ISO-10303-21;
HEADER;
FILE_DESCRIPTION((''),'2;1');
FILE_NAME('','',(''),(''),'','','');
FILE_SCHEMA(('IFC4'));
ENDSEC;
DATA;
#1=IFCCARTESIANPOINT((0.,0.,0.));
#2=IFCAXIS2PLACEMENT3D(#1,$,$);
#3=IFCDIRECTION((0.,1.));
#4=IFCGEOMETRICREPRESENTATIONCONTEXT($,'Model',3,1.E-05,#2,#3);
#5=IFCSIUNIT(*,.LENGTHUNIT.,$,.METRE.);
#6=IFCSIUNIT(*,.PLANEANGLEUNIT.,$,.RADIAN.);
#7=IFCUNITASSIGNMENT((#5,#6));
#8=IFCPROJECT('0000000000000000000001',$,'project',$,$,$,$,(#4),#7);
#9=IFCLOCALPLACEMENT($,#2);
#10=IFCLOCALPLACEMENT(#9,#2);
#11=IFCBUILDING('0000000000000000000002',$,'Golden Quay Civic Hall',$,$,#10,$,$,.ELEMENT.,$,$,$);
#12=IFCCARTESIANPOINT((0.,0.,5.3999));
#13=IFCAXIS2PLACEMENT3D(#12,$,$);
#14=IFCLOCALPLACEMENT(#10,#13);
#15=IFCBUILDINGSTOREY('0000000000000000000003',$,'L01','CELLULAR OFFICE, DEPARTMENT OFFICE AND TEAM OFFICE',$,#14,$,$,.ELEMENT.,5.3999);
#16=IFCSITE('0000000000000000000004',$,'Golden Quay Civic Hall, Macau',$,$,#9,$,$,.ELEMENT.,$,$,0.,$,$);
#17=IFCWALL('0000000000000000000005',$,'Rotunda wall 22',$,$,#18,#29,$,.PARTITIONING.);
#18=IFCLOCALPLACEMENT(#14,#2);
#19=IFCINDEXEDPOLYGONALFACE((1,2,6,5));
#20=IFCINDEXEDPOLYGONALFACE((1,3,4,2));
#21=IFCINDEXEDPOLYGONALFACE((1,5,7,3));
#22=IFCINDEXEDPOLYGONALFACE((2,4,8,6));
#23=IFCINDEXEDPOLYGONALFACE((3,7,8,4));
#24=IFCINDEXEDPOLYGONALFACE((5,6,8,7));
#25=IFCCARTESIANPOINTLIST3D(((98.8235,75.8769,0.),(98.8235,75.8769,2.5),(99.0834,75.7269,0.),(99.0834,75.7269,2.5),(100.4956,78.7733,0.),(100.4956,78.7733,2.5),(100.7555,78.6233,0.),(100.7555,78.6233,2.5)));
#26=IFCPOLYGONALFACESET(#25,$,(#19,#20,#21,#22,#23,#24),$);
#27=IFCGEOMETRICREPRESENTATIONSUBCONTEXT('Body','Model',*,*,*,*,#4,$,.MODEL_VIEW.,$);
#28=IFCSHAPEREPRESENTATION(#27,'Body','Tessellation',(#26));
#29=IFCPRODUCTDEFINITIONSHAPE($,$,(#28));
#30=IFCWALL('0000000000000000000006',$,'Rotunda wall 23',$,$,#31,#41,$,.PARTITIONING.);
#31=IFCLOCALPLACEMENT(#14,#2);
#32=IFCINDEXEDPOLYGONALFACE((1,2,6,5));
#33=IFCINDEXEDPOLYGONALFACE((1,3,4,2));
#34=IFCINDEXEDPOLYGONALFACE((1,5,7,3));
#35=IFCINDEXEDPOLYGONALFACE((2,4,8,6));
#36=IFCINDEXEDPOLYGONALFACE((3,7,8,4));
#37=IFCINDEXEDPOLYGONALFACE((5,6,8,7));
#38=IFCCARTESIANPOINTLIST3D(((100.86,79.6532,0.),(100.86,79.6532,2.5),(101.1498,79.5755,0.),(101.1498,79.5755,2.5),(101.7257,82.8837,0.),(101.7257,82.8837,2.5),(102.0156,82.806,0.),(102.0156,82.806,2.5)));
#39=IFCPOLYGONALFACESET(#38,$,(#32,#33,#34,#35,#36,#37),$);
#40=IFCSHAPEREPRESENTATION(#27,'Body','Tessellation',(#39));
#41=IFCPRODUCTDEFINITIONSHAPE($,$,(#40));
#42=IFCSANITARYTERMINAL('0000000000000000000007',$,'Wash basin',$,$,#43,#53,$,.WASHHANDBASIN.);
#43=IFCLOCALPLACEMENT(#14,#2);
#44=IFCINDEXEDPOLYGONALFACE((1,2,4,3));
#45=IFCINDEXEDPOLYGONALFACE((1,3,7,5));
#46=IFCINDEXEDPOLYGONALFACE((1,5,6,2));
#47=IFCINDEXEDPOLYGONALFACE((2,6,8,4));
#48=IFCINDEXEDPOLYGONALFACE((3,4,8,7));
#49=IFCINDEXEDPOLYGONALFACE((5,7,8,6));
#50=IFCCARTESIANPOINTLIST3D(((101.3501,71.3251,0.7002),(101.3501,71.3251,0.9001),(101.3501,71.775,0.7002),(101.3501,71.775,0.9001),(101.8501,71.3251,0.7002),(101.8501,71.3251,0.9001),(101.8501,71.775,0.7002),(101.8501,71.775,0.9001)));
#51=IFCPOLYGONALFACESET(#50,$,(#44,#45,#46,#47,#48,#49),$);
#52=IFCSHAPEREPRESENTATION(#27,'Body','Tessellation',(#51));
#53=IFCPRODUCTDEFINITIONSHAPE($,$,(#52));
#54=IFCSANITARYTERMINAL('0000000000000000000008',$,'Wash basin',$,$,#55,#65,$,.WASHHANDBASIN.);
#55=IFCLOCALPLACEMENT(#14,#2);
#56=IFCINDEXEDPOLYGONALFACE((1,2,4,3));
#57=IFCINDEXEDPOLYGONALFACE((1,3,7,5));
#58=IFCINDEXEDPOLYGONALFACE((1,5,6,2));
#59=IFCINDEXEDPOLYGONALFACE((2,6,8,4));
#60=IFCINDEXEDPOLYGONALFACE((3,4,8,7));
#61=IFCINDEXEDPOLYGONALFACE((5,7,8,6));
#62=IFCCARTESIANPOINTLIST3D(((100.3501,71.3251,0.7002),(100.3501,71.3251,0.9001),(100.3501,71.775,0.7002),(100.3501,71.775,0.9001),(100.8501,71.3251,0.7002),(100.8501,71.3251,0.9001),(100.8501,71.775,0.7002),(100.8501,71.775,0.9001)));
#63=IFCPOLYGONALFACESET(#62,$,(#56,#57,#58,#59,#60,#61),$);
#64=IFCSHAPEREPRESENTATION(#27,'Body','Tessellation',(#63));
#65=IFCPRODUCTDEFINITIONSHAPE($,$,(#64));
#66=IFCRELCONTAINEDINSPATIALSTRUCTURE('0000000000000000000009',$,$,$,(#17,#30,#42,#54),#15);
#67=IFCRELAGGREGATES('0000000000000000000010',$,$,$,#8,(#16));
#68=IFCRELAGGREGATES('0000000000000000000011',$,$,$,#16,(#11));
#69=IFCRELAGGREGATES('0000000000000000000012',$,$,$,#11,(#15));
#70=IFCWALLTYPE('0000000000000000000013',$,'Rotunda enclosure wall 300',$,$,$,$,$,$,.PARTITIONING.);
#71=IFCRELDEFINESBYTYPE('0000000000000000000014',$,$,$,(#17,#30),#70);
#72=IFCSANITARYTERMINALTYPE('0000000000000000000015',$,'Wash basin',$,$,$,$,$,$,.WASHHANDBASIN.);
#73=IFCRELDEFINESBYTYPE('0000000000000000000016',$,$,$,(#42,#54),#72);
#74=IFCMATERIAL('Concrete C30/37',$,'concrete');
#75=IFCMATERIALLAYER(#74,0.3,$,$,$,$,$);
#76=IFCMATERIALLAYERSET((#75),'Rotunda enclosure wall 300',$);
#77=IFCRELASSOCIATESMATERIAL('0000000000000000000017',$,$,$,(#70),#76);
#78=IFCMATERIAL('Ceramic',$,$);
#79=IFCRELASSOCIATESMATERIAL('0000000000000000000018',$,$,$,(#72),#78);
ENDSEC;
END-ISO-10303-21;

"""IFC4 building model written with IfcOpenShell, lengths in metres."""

from ifc_helpers import new_model, si_unit, direction, frame, frame_2d, origin, origin_2d, place, context, subcontext, project, spatial, rectangle, extrude, material, layer, layer_set, type_object, element, save


model = new_model("IFC4")

# Units and contexts
model_context = context("Model", 3, precision=1e-05, world=origin(), true_north=direction((0.0, 1.0)))
body_context = subcontext(model_context, "Body", "Model", "MODEL_VIEW")
ifc_project = project(units=[si_unit("LENGTHUNIT", "METRE"), si_unit("PLANEANGLEUNIT", "RADIAN")], contexts=[model_context])

# Site, building, storey
site_placement = place(None, origin())
site = spatial("IfcSite", under=ifc_project, at=site_placement, Name="Golden Quay Civic Hall, Macau", CompositionType="ELEMENT", RefElevation=0.0)
building_placement = place(site_placement, origin())
building = spatial("IfcBuilding", under=site, at=building_placement, Name="Golden Quay Civic Hall", CompositionType="ELEMENT")
storey_placement = place(building_placement, frame((0.0, 0.0, 5.3999)))
storey = spatial("IfcBuildingStorey", under=building, at=storey_placement, Name="L01", Description="CELLULAR OFFICE, DEPARTMENT OFFICE AND TEAM OFFICE", CompositionType="ELEMENT", Elevation=5.3999)

# Walls
ifc_material_1 = material(Name="Concrete C30/37", Category="concrete")
ifc_layer_1 = layer(ifc_material_1, 0.3)
ifc_layer_set_1 = layer_set([ifc_layer_1], Name="Rotunda enclosure wall 300")
wall_type_1 = type_object("IfcWallType", Name="Rotunda enclosure wall 300", PredefinedType="PARTITIONING", material=ifc_layer_set_1)
for number, where, z_axis, x_axis, name in (
    (1, (98.9534, 75.8018, 0.0), (0.0, 0.0, 1.0), (0.499963, 0.866047, 0.0), "Rotunda wall 22"),
    (2, (101.0049, 79.6143, 0.0), (0.0, 0.0, 1.0), (0.258853, 0.965917, 0.0), "Rotunda wall 23"),
):
    element("IfcWall", number, at=place(storey_placement, frame(where, z_axis=z_axis, x_axis=x_axis)), inside=storey, type_object=wall_type_1, Name=name, PredefinedType="PARTITIONING", context=body_context, shape_type="SweptSolid", body=[
        extrude(rectangle(XDim=3.3445, YDim=0.3, at=frame_2d((1.6724, 0.0))), origin(), (0.0, 0.0, 1.0), 2.5),
    ])

# Sanitary terminals
ifc_material_2 = material(Name="Ceramic")
sanitary_terminal_type = type_object("IfcSanitaryTerminalType", Name="Wash basin", PredefinedType="WASHHANDBASIN", material=ifc_material_2)
for number, where, z_axis, x_axis, name in (
    (3, (101.6001, 71.55, 0.7002), (0.0, 0.0, 1.0), (1.0, 0.0, 0.0), "Wash basin"),
    (4, (100.6001, 71.55, 0.7002), (0.0, 0.0, 1.0), (1.0, 0.0, 0.0), "Wash basin"),
):
    element("IfcSanitaryTerminal", number, at=place(storey_placement, frame(where, z_axis=z_axis, x_axis=x_axis)), inside=storey, type_object=sanitary_terminal_type, Name=name, PredefinedType="WASHHANDBASIN", context=body_context, shape_type="SweptSolid", body=[
        extrude(rectangle(XDim=0.5, YDim=0.45, at=origin_2d()), origin(), (0.0, 0.0, 1.0), 0.2),
    ])

save(model, "model.ifc")
